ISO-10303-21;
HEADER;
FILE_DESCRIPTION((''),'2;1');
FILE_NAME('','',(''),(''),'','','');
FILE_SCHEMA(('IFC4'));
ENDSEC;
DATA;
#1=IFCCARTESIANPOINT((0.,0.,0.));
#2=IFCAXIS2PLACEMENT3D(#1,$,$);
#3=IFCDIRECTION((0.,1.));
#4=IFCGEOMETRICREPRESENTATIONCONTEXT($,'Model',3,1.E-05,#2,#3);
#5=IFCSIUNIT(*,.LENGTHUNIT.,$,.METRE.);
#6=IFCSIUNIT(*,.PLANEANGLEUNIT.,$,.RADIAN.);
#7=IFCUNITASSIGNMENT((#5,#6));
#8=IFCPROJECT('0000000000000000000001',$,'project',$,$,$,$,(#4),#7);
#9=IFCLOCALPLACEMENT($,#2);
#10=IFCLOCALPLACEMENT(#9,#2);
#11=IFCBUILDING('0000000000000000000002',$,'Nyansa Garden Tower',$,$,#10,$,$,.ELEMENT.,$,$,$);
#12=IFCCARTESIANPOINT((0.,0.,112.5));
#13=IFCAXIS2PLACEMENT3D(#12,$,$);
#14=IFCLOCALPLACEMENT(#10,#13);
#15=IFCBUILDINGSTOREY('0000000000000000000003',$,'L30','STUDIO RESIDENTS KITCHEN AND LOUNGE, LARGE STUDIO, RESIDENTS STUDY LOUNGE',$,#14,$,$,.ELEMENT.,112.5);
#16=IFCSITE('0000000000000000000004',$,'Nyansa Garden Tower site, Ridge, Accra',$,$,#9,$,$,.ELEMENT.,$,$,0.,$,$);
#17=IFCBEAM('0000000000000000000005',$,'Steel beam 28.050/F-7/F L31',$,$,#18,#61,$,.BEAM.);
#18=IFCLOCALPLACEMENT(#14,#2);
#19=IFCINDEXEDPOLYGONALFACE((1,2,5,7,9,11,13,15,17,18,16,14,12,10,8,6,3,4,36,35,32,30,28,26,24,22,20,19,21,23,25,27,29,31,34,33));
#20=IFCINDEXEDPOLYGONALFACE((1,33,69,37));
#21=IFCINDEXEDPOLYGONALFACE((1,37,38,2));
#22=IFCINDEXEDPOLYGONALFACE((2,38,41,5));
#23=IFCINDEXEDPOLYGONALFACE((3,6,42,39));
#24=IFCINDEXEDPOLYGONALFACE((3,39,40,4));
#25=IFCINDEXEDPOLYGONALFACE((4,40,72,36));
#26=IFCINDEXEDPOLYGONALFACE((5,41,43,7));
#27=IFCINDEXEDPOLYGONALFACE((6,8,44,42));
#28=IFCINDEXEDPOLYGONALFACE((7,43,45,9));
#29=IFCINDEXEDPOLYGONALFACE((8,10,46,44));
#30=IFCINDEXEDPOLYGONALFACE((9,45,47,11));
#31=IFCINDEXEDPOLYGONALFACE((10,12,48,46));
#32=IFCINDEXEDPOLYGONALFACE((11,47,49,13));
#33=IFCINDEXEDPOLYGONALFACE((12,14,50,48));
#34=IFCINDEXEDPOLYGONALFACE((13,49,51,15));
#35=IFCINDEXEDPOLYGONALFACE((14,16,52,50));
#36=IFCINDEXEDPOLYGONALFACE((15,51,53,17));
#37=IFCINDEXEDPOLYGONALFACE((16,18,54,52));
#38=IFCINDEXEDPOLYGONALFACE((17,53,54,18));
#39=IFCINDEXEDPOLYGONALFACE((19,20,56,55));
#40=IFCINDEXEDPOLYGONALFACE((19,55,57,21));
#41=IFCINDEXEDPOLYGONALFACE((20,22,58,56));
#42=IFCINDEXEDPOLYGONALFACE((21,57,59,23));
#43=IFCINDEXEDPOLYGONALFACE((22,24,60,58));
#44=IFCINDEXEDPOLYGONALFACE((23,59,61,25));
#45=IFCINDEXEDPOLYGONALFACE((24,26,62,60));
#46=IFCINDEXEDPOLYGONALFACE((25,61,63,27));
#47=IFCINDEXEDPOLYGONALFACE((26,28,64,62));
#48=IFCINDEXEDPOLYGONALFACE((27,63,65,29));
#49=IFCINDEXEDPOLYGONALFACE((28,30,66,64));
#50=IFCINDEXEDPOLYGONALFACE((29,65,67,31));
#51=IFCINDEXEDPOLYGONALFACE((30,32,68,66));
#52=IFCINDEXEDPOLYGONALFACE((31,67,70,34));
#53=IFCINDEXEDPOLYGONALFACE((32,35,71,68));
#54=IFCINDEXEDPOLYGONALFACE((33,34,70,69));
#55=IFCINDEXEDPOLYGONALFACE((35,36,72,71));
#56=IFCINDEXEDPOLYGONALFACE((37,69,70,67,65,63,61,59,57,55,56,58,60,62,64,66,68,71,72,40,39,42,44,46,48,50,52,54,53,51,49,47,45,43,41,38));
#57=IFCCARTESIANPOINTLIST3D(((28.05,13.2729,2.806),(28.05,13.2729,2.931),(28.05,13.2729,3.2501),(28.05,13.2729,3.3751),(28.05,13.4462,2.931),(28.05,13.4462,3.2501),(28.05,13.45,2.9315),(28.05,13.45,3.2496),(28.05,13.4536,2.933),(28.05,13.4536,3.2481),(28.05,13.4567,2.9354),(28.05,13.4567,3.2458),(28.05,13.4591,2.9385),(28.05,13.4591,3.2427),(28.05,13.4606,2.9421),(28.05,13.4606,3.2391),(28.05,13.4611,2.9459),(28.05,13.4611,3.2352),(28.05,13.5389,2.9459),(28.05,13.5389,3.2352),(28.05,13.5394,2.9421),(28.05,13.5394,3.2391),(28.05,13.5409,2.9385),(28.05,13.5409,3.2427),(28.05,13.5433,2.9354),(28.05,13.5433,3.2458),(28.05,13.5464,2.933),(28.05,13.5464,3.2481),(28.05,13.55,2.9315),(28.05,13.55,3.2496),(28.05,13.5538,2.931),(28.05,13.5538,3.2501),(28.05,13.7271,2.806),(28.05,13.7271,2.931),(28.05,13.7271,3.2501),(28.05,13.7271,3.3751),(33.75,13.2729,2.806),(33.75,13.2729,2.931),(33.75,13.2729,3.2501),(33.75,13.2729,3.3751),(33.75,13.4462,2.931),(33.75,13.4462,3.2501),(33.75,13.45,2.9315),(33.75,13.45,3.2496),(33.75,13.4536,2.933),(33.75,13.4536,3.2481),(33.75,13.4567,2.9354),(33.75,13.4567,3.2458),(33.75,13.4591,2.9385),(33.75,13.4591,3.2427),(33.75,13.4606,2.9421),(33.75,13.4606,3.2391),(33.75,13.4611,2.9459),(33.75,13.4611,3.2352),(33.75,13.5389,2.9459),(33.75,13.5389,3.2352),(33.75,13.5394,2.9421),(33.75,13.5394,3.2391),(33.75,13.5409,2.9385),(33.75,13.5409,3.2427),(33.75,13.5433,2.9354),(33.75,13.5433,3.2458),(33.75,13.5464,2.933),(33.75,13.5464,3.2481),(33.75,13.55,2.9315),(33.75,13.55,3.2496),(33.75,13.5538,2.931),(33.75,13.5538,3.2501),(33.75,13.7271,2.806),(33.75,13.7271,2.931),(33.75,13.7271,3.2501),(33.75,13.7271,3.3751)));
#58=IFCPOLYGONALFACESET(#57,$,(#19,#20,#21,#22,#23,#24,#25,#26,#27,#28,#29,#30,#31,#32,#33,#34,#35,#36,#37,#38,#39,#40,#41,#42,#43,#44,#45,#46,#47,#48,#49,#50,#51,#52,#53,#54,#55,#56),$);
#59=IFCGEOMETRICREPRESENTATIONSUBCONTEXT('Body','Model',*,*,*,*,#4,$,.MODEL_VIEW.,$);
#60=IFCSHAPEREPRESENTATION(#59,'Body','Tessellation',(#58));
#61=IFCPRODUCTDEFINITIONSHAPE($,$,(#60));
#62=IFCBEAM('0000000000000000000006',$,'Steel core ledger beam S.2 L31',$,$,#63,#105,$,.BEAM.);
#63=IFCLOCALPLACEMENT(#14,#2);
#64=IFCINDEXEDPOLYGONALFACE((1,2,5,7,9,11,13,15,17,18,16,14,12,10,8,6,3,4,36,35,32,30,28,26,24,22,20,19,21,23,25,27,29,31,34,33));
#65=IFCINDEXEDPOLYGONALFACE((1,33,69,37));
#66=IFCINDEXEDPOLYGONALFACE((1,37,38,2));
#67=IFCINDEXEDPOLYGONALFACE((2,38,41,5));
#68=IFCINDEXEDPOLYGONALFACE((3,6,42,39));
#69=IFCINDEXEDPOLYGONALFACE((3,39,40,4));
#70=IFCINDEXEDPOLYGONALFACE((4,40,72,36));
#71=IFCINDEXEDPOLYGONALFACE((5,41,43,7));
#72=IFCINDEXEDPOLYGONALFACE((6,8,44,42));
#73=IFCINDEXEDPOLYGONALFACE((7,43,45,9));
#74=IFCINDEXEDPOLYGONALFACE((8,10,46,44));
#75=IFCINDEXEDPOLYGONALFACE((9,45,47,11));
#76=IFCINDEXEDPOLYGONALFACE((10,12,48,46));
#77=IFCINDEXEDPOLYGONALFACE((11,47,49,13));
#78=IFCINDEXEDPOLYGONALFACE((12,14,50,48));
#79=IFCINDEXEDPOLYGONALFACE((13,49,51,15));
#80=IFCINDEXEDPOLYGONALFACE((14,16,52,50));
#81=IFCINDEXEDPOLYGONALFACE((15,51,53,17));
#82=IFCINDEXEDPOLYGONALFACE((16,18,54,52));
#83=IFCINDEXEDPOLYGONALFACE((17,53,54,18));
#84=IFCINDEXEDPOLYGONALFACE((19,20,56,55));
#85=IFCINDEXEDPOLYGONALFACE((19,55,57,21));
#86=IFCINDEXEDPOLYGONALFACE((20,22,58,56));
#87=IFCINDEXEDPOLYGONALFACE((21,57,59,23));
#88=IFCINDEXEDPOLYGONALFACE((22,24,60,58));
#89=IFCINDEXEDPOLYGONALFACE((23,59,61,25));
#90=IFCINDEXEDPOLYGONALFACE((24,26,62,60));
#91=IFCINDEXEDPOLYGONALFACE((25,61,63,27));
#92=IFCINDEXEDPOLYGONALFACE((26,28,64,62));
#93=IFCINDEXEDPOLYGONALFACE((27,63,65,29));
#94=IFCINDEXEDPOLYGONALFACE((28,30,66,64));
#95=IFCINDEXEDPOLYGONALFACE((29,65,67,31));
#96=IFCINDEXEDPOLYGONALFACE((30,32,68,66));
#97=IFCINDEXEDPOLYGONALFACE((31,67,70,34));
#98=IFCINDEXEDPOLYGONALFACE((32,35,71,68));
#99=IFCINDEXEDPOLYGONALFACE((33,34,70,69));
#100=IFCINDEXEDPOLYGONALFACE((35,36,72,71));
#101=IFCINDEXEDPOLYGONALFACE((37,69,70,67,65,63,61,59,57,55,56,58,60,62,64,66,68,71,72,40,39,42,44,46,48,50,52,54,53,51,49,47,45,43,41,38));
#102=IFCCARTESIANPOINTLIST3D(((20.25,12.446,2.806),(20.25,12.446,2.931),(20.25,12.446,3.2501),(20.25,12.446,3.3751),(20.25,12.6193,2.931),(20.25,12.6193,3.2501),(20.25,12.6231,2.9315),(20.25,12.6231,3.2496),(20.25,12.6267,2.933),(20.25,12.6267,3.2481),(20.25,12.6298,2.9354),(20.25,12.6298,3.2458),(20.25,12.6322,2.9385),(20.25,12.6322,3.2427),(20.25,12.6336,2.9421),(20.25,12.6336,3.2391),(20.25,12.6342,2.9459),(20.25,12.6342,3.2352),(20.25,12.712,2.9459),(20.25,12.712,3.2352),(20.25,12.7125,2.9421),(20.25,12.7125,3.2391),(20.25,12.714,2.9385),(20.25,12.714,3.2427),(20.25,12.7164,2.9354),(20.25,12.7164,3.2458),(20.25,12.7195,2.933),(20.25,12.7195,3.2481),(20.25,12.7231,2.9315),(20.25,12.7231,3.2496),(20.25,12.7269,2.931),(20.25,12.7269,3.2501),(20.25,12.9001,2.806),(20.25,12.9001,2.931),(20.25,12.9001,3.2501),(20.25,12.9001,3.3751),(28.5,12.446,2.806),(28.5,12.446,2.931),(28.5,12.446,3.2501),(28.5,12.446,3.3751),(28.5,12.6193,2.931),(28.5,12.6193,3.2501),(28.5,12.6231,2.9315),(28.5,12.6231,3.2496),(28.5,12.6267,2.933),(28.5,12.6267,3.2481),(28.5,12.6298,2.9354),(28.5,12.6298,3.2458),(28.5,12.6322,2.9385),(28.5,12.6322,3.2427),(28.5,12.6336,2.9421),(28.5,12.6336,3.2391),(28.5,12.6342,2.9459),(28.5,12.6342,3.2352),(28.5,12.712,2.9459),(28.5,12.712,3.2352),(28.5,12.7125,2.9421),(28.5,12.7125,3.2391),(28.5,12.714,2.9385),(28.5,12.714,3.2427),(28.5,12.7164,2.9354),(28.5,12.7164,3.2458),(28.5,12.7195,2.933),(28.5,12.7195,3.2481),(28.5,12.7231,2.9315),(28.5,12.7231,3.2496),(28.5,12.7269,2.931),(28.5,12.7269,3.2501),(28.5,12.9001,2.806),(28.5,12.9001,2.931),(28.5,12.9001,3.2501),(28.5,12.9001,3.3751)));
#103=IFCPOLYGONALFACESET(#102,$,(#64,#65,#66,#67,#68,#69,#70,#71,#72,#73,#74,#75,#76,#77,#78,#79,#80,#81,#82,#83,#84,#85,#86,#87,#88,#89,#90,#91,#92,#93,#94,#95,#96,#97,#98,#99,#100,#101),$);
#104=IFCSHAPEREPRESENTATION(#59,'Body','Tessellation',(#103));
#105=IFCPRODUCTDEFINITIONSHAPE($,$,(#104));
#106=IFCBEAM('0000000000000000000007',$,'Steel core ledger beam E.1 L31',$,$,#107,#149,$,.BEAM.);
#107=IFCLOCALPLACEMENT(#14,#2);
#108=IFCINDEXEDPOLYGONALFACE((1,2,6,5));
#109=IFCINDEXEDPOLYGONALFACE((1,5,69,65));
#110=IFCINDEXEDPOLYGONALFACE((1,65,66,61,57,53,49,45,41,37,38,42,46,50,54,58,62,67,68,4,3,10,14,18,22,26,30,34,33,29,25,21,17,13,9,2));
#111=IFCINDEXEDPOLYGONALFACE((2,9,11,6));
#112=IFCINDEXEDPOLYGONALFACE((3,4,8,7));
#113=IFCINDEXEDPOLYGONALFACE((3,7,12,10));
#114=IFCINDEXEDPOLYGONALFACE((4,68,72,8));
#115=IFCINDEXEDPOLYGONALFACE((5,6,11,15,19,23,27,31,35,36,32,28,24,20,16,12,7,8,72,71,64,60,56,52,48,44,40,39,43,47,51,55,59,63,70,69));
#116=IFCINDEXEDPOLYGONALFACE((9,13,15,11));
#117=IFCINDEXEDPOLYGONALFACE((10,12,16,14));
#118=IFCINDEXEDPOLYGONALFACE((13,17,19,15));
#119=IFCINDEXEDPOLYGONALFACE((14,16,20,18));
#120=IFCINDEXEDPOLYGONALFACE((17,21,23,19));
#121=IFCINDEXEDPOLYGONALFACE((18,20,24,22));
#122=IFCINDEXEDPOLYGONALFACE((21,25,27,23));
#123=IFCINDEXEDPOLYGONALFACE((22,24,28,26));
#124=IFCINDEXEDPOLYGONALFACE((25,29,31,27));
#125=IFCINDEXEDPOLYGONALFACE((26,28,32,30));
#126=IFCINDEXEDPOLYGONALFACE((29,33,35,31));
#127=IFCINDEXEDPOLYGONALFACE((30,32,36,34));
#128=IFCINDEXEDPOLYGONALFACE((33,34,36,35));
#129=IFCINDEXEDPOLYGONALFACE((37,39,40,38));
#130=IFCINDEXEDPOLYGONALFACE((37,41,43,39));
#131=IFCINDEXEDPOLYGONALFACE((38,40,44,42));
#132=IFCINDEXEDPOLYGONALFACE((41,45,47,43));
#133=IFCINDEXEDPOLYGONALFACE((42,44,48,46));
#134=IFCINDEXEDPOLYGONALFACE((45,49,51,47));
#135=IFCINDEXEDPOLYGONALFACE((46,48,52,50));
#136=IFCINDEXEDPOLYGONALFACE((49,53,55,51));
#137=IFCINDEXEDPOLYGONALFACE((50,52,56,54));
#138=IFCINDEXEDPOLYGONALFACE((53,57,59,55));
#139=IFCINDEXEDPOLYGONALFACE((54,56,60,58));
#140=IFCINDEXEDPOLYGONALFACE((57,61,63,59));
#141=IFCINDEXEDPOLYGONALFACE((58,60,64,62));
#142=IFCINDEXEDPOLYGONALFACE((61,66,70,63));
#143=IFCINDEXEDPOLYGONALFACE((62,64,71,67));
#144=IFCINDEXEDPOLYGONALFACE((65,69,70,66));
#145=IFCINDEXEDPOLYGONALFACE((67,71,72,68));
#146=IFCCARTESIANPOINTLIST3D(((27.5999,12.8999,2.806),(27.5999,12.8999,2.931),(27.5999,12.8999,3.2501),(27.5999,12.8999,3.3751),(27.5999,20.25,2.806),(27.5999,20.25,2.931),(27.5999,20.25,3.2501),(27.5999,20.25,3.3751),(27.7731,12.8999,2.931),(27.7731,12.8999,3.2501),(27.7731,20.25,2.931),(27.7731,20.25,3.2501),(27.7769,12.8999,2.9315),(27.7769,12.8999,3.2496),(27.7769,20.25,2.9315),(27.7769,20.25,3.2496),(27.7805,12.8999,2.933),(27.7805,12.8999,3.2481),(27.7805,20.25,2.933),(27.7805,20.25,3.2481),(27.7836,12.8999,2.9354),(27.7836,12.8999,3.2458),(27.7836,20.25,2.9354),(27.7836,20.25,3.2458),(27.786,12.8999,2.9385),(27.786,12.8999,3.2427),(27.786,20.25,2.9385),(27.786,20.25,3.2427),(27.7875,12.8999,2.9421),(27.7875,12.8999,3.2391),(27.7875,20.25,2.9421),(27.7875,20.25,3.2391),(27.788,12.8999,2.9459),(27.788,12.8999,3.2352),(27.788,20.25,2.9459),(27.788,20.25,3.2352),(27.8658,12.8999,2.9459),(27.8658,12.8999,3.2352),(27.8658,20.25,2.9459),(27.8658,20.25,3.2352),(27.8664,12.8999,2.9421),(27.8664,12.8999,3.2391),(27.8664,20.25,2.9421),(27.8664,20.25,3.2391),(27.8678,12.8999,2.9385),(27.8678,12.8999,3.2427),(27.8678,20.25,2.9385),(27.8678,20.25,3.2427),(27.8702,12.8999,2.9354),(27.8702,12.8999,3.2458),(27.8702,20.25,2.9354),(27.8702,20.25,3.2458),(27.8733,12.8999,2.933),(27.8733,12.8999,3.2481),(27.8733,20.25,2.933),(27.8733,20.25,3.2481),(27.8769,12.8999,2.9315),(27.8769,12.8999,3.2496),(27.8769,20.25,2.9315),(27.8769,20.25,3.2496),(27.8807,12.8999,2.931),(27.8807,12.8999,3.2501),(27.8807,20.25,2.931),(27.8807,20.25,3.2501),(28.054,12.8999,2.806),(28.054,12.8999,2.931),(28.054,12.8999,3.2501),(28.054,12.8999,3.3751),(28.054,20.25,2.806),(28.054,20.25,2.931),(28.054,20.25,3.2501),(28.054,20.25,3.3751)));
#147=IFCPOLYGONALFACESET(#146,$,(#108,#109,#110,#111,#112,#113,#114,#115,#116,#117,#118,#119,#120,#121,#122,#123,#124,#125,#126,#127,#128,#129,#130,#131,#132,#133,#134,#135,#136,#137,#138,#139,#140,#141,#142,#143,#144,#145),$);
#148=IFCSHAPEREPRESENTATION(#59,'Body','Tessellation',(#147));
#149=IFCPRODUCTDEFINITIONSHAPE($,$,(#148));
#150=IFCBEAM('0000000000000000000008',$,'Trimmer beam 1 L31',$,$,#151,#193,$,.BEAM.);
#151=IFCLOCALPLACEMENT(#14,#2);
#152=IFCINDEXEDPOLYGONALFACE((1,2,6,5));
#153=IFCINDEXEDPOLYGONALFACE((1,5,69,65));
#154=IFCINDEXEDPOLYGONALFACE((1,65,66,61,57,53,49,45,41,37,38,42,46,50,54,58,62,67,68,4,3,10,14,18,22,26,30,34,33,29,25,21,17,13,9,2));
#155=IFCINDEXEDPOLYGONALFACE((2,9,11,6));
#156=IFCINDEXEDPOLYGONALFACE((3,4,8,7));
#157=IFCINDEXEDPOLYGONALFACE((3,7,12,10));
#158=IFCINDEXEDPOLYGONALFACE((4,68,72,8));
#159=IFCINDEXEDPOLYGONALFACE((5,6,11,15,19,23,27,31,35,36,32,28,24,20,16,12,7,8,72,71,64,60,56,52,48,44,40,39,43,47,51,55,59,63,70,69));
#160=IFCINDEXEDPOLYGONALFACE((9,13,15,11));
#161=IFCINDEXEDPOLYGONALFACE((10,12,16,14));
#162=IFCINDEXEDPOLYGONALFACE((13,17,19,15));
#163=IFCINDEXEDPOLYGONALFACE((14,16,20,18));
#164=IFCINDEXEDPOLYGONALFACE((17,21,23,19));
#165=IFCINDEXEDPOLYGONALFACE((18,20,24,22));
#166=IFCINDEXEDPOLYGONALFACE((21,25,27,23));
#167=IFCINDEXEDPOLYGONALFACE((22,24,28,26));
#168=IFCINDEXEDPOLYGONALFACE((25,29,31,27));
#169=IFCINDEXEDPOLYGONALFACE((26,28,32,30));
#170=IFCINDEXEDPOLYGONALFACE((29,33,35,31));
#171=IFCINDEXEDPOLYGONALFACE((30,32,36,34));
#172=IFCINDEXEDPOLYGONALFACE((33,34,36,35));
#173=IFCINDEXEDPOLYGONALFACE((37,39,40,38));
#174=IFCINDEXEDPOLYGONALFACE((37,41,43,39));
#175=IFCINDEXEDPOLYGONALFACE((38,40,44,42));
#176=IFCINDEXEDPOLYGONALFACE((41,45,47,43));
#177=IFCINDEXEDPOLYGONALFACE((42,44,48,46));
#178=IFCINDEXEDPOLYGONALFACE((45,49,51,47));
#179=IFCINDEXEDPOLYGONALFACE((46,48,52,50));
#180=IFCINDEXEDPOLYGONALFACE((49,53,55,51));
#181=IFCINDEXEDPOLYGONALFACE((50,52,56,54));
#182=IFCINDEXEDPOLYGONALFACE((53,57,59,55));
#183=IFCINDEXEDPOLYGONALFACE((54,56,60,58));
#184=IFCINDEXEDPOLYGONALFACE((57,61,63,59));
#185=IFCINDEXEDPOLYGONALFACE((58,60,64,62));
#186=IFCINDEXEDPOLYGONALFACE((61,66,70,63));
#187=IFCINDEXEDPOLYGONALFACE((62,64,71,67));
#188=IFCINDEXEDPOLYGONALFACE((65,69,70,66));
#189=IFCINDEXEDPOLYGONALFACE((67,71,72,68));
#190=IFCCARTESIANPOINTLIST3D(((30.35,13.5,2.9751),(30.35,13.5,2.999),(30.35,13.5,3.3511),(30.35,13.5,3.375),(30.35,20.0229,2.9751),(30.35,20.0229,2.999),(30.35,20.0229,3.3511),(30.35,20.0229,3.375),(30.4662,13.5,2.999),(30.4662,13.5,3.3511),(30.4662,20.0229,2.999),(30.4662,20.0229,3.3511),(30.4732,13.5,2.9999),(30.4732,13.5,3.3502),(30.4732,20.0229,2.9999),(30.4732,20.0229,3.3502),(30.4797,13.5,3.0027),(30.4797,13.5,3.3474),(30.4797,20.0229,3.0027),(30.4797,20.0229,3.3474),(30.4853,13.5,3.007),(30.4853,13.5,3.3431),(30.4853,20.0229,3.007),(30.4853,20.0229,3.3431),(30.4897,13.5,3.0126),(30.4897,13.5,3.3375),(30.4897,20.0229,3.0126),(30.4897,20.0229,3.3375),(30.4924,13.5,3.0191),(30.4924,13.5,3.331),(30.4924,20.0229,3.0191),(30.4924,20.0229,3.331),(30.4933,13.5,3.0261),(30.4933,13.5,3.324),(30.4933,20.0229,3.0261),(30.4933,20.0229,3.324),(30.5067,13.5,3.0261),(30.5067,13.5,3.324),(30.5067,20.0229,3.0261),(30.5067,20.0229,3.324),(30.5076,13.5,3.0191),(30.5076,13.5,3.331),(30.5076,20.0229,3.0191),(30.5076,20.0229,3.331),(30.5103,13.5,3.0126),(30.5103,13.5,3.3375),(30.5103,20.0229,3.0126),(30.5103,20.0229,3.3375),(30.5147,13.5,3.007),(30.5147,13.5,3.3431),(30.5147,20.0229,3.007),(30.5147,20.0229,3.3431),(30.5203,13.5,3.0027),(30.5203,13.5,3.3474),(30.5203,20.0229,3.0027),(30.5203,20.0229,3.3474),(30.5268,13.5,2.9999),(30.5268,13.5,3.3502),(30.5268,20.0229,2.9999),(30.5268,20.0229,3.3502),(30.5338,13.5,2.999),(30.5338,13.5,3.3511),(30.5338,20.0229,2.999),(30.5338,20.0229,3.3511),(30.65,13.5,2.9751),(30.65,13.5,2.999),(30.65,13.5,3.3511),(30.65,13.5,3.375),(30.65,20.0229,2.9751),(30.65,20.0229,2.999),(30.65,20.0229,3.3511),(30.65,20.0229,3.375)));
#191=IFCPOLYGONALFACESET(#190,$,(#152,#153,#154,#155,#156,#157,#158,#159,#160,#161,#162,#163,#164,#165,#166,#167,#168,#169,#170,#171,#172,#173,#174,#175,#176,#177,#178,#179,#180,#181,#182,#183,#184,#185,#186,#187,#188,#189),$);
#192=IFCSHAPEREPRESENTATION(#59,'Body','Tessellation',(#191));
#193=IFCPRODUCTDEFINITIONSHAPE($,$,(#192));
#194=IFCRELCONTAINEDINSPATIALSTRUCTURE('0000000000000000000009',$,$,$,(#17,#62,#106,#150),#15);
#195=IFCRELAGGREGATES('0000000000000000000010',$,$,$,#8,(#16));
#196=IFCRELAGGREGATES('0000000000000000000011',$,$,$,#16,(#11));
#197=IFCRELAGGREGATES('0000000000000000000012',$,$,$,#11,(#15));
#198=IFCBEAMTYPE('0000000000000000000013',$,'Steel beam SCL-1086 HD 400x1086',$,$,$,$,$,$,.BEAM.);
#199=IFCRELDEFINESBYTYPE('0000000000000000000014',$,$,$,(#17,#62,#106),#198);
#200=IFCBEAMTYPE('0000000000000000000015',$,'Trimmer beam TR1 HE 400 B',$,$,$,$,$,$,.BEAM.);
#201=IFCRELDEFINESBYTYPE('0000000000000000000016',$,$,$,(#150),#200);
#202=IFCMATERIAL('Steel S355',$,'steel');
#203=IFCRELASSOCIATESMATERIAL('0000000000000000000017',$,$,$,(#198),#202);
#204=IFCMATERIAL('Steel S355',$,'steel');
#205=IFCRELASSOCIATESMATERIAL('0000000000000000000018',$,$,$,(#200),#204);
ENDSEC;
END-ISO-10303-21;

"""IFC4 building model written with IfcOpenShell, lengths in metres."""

from ifc_helpers import new_model, si_unit, direction, frame, origin, origin_2d, place, context, subcontext, project, spatial, i_section, extrude, material, material_profile, profile_set, type_object, element, save


model = new_model("IFC4")

# Units and contexts
model_context = context("Model", 3, precision=1e-05, world=origin(), true_north=direction((0.0, 1.0)))
body_context = subcontext(model_context, "Body", "Model", "MODEL_VIEW")
ifc_project = project(units=[si_unit("LENGTHUNIT", "METRE"), si_unit("PLANEANGLEUNIT", "RADIAN")], contexts=[model_context])

# Site, building, storey
site_placement = place(None, origin())
site = spatial("IfcSite", under=ifc_project, at=site_placement, Name="Nyansa Garden Tower site, Ridge, Accra", CompositionType="ELEMENT", RefElevation=0.0)
building_placement = place(site_placement, origin())
building = spatial("IfcBuilding", under=site, at=building_placement, Name="Nyansa Garden Tower", CompositionType="ELEMENT")
storey_placement = place(building_placement, frame((0.0, 0.0, 112.5)))
storey = spatial("IfcBuildingStorey", under=building, at=storey_placement, Name="L30", Description="STUDIO RESIDENTS KITCHEN AND LOUNGE, LARGE STUDIO, RESIDENTS STUDY LOUNGE", CompositionType="ELEMENT", Elevation=112.5)

# Beams
ifc_material_1 = material(Name="Steel S355", Category="steel")
ifc_material_profile_1 = material_profile(ifc_material_1, i_section(OverallWidth=0.4541, OverallDepth=0.5691, WebThickness=0.0779, FlangeThickness=0.125, FilletRadius=0.0149, at=origin_2d()), Name="HD 400x1086")
ifc_profile_set_1 = profile_set([ifc_material_profile_1], Name="Steel S355")
beam_type_1 = type_object("IfcBeamType", Name="Steel beam SCL-1086 HD 400x1086", PredefinedType="BEAM", material=ifc_profile_set_1)
for number, where, z_axis, x_axis, name in (
    (1, (28.05, 13.5, 3.0906), (1.0, 0.0, 0.0), (0.0, 1.0, 0.0), "Steel beam 28.050/F-7/F L31"),
):
    element("IfcBeam", number, at=place(storey_placement, frame(where, z_axis=z_axis, x_axis=x_axis)), inside=storey, type_object=beam_type_1, Name=name, PredefinedType="BEAM", context=body_context, shape_type="SweptSolid", body=[
        extrude(i_section(OverallWidth=0.4541, OverallDepth=0.5691, WebThickness=0.0779, FlangeThickness=0.125, FilletRadius=0.0149, at=origin_2d()), origin(), (0.0, 0.0, 1.0), 5.7),
    ])
beam_1_placement = place(storey_placement, frame((20.25, 12.6731, 3.0906), z_axis=(1.0, 0.0, 0.0), x_axis=(0.0, 1.0, 0.0)))
element("IfcBeam", 2, at=beam_1_placement, inside=storey, type_object=beam_type_1, Name="Steel core ledger beam S.2 L31", PredefinedType="BEAM", context=body_context, shape_type="SweptSolid", body=[
    extrude(i_section(OverallWidth=0.4541, OverallDepth=0.5691, WebThickness=0.0779, FlangeThickness=0.125, FilletRadius=0.0149, at=origin_2d()), origin(), (0.0, 0.0, 1.0), 8.25),
])
beam_2_placement = place(storey_placement, frame((27.8269, 12.8999, 3.0906), z_axis=(0.0, 1.0, 0.0), x_axis=(-1.0, 0.0, 0.0)))
element("IfcBeam", 3, at=beam_2_placement, inside=storey, type_object=beam_type_1, Name="Steel core ledger beam E.1 L31", PredefinedType="BEAM", context=body_context, shape_type="SweptSolid", body=[
    extrude(i_section(OverallWidth=0.4541, OverallDepth=0.5691, WebThickness=0.0779, FlangeThickness=0.125, FilletRadius=0.0149, at=origin_2d()), origin(), (0.0, 0.0, 1.0), 7.3501),
])
ifc_material_2 = material(Name="Steel S355", Category="steel")
ifc_material_profile_2 = material_profile(ifc_material_2, i_section(OverallWidth=0.3, OverallDepth=0.3999, WebThickness=0.0134, FlangeThickness=0.0239, FilletRadius=0.0271, at=origin_2d()), Name="HE 400 B")
ifc_profile_set_2 = profile_set([ifc_material_profile_2], Name="Steel S355")
beam_type_2 = type_object("IfcBeamType", Name="Trimmer beam TR1 HE 400 B", PredefinedType="BEAM", material=ifc_profile_set_2)
beam_3_placement = place(storey_placement, frame((30.5, 13.5, 3.175), z_axis=(0.0, 1.0, 0.0), x_axis=(-1.0, 0.0, 0.0)))
element("IfcBeam", 4, at=beam_3_placement, inside=storey, type_object=beam_type_2, Name="Trimmer beam 1 L31", PredefinedType="BEAM", context=body_context, shape_type="SweptSolid", body=[
    extrude(i_section(OverallWidth=0.3, OverallDepth=0.3999, WebThickness=0.0134, FlangeThickness=0.0239, FilletRadius=0.0271, at=origin_2d()), origin(), (0.0, 0.0, 1.0), 6.5229),
])

save(model, "model.ifc")
